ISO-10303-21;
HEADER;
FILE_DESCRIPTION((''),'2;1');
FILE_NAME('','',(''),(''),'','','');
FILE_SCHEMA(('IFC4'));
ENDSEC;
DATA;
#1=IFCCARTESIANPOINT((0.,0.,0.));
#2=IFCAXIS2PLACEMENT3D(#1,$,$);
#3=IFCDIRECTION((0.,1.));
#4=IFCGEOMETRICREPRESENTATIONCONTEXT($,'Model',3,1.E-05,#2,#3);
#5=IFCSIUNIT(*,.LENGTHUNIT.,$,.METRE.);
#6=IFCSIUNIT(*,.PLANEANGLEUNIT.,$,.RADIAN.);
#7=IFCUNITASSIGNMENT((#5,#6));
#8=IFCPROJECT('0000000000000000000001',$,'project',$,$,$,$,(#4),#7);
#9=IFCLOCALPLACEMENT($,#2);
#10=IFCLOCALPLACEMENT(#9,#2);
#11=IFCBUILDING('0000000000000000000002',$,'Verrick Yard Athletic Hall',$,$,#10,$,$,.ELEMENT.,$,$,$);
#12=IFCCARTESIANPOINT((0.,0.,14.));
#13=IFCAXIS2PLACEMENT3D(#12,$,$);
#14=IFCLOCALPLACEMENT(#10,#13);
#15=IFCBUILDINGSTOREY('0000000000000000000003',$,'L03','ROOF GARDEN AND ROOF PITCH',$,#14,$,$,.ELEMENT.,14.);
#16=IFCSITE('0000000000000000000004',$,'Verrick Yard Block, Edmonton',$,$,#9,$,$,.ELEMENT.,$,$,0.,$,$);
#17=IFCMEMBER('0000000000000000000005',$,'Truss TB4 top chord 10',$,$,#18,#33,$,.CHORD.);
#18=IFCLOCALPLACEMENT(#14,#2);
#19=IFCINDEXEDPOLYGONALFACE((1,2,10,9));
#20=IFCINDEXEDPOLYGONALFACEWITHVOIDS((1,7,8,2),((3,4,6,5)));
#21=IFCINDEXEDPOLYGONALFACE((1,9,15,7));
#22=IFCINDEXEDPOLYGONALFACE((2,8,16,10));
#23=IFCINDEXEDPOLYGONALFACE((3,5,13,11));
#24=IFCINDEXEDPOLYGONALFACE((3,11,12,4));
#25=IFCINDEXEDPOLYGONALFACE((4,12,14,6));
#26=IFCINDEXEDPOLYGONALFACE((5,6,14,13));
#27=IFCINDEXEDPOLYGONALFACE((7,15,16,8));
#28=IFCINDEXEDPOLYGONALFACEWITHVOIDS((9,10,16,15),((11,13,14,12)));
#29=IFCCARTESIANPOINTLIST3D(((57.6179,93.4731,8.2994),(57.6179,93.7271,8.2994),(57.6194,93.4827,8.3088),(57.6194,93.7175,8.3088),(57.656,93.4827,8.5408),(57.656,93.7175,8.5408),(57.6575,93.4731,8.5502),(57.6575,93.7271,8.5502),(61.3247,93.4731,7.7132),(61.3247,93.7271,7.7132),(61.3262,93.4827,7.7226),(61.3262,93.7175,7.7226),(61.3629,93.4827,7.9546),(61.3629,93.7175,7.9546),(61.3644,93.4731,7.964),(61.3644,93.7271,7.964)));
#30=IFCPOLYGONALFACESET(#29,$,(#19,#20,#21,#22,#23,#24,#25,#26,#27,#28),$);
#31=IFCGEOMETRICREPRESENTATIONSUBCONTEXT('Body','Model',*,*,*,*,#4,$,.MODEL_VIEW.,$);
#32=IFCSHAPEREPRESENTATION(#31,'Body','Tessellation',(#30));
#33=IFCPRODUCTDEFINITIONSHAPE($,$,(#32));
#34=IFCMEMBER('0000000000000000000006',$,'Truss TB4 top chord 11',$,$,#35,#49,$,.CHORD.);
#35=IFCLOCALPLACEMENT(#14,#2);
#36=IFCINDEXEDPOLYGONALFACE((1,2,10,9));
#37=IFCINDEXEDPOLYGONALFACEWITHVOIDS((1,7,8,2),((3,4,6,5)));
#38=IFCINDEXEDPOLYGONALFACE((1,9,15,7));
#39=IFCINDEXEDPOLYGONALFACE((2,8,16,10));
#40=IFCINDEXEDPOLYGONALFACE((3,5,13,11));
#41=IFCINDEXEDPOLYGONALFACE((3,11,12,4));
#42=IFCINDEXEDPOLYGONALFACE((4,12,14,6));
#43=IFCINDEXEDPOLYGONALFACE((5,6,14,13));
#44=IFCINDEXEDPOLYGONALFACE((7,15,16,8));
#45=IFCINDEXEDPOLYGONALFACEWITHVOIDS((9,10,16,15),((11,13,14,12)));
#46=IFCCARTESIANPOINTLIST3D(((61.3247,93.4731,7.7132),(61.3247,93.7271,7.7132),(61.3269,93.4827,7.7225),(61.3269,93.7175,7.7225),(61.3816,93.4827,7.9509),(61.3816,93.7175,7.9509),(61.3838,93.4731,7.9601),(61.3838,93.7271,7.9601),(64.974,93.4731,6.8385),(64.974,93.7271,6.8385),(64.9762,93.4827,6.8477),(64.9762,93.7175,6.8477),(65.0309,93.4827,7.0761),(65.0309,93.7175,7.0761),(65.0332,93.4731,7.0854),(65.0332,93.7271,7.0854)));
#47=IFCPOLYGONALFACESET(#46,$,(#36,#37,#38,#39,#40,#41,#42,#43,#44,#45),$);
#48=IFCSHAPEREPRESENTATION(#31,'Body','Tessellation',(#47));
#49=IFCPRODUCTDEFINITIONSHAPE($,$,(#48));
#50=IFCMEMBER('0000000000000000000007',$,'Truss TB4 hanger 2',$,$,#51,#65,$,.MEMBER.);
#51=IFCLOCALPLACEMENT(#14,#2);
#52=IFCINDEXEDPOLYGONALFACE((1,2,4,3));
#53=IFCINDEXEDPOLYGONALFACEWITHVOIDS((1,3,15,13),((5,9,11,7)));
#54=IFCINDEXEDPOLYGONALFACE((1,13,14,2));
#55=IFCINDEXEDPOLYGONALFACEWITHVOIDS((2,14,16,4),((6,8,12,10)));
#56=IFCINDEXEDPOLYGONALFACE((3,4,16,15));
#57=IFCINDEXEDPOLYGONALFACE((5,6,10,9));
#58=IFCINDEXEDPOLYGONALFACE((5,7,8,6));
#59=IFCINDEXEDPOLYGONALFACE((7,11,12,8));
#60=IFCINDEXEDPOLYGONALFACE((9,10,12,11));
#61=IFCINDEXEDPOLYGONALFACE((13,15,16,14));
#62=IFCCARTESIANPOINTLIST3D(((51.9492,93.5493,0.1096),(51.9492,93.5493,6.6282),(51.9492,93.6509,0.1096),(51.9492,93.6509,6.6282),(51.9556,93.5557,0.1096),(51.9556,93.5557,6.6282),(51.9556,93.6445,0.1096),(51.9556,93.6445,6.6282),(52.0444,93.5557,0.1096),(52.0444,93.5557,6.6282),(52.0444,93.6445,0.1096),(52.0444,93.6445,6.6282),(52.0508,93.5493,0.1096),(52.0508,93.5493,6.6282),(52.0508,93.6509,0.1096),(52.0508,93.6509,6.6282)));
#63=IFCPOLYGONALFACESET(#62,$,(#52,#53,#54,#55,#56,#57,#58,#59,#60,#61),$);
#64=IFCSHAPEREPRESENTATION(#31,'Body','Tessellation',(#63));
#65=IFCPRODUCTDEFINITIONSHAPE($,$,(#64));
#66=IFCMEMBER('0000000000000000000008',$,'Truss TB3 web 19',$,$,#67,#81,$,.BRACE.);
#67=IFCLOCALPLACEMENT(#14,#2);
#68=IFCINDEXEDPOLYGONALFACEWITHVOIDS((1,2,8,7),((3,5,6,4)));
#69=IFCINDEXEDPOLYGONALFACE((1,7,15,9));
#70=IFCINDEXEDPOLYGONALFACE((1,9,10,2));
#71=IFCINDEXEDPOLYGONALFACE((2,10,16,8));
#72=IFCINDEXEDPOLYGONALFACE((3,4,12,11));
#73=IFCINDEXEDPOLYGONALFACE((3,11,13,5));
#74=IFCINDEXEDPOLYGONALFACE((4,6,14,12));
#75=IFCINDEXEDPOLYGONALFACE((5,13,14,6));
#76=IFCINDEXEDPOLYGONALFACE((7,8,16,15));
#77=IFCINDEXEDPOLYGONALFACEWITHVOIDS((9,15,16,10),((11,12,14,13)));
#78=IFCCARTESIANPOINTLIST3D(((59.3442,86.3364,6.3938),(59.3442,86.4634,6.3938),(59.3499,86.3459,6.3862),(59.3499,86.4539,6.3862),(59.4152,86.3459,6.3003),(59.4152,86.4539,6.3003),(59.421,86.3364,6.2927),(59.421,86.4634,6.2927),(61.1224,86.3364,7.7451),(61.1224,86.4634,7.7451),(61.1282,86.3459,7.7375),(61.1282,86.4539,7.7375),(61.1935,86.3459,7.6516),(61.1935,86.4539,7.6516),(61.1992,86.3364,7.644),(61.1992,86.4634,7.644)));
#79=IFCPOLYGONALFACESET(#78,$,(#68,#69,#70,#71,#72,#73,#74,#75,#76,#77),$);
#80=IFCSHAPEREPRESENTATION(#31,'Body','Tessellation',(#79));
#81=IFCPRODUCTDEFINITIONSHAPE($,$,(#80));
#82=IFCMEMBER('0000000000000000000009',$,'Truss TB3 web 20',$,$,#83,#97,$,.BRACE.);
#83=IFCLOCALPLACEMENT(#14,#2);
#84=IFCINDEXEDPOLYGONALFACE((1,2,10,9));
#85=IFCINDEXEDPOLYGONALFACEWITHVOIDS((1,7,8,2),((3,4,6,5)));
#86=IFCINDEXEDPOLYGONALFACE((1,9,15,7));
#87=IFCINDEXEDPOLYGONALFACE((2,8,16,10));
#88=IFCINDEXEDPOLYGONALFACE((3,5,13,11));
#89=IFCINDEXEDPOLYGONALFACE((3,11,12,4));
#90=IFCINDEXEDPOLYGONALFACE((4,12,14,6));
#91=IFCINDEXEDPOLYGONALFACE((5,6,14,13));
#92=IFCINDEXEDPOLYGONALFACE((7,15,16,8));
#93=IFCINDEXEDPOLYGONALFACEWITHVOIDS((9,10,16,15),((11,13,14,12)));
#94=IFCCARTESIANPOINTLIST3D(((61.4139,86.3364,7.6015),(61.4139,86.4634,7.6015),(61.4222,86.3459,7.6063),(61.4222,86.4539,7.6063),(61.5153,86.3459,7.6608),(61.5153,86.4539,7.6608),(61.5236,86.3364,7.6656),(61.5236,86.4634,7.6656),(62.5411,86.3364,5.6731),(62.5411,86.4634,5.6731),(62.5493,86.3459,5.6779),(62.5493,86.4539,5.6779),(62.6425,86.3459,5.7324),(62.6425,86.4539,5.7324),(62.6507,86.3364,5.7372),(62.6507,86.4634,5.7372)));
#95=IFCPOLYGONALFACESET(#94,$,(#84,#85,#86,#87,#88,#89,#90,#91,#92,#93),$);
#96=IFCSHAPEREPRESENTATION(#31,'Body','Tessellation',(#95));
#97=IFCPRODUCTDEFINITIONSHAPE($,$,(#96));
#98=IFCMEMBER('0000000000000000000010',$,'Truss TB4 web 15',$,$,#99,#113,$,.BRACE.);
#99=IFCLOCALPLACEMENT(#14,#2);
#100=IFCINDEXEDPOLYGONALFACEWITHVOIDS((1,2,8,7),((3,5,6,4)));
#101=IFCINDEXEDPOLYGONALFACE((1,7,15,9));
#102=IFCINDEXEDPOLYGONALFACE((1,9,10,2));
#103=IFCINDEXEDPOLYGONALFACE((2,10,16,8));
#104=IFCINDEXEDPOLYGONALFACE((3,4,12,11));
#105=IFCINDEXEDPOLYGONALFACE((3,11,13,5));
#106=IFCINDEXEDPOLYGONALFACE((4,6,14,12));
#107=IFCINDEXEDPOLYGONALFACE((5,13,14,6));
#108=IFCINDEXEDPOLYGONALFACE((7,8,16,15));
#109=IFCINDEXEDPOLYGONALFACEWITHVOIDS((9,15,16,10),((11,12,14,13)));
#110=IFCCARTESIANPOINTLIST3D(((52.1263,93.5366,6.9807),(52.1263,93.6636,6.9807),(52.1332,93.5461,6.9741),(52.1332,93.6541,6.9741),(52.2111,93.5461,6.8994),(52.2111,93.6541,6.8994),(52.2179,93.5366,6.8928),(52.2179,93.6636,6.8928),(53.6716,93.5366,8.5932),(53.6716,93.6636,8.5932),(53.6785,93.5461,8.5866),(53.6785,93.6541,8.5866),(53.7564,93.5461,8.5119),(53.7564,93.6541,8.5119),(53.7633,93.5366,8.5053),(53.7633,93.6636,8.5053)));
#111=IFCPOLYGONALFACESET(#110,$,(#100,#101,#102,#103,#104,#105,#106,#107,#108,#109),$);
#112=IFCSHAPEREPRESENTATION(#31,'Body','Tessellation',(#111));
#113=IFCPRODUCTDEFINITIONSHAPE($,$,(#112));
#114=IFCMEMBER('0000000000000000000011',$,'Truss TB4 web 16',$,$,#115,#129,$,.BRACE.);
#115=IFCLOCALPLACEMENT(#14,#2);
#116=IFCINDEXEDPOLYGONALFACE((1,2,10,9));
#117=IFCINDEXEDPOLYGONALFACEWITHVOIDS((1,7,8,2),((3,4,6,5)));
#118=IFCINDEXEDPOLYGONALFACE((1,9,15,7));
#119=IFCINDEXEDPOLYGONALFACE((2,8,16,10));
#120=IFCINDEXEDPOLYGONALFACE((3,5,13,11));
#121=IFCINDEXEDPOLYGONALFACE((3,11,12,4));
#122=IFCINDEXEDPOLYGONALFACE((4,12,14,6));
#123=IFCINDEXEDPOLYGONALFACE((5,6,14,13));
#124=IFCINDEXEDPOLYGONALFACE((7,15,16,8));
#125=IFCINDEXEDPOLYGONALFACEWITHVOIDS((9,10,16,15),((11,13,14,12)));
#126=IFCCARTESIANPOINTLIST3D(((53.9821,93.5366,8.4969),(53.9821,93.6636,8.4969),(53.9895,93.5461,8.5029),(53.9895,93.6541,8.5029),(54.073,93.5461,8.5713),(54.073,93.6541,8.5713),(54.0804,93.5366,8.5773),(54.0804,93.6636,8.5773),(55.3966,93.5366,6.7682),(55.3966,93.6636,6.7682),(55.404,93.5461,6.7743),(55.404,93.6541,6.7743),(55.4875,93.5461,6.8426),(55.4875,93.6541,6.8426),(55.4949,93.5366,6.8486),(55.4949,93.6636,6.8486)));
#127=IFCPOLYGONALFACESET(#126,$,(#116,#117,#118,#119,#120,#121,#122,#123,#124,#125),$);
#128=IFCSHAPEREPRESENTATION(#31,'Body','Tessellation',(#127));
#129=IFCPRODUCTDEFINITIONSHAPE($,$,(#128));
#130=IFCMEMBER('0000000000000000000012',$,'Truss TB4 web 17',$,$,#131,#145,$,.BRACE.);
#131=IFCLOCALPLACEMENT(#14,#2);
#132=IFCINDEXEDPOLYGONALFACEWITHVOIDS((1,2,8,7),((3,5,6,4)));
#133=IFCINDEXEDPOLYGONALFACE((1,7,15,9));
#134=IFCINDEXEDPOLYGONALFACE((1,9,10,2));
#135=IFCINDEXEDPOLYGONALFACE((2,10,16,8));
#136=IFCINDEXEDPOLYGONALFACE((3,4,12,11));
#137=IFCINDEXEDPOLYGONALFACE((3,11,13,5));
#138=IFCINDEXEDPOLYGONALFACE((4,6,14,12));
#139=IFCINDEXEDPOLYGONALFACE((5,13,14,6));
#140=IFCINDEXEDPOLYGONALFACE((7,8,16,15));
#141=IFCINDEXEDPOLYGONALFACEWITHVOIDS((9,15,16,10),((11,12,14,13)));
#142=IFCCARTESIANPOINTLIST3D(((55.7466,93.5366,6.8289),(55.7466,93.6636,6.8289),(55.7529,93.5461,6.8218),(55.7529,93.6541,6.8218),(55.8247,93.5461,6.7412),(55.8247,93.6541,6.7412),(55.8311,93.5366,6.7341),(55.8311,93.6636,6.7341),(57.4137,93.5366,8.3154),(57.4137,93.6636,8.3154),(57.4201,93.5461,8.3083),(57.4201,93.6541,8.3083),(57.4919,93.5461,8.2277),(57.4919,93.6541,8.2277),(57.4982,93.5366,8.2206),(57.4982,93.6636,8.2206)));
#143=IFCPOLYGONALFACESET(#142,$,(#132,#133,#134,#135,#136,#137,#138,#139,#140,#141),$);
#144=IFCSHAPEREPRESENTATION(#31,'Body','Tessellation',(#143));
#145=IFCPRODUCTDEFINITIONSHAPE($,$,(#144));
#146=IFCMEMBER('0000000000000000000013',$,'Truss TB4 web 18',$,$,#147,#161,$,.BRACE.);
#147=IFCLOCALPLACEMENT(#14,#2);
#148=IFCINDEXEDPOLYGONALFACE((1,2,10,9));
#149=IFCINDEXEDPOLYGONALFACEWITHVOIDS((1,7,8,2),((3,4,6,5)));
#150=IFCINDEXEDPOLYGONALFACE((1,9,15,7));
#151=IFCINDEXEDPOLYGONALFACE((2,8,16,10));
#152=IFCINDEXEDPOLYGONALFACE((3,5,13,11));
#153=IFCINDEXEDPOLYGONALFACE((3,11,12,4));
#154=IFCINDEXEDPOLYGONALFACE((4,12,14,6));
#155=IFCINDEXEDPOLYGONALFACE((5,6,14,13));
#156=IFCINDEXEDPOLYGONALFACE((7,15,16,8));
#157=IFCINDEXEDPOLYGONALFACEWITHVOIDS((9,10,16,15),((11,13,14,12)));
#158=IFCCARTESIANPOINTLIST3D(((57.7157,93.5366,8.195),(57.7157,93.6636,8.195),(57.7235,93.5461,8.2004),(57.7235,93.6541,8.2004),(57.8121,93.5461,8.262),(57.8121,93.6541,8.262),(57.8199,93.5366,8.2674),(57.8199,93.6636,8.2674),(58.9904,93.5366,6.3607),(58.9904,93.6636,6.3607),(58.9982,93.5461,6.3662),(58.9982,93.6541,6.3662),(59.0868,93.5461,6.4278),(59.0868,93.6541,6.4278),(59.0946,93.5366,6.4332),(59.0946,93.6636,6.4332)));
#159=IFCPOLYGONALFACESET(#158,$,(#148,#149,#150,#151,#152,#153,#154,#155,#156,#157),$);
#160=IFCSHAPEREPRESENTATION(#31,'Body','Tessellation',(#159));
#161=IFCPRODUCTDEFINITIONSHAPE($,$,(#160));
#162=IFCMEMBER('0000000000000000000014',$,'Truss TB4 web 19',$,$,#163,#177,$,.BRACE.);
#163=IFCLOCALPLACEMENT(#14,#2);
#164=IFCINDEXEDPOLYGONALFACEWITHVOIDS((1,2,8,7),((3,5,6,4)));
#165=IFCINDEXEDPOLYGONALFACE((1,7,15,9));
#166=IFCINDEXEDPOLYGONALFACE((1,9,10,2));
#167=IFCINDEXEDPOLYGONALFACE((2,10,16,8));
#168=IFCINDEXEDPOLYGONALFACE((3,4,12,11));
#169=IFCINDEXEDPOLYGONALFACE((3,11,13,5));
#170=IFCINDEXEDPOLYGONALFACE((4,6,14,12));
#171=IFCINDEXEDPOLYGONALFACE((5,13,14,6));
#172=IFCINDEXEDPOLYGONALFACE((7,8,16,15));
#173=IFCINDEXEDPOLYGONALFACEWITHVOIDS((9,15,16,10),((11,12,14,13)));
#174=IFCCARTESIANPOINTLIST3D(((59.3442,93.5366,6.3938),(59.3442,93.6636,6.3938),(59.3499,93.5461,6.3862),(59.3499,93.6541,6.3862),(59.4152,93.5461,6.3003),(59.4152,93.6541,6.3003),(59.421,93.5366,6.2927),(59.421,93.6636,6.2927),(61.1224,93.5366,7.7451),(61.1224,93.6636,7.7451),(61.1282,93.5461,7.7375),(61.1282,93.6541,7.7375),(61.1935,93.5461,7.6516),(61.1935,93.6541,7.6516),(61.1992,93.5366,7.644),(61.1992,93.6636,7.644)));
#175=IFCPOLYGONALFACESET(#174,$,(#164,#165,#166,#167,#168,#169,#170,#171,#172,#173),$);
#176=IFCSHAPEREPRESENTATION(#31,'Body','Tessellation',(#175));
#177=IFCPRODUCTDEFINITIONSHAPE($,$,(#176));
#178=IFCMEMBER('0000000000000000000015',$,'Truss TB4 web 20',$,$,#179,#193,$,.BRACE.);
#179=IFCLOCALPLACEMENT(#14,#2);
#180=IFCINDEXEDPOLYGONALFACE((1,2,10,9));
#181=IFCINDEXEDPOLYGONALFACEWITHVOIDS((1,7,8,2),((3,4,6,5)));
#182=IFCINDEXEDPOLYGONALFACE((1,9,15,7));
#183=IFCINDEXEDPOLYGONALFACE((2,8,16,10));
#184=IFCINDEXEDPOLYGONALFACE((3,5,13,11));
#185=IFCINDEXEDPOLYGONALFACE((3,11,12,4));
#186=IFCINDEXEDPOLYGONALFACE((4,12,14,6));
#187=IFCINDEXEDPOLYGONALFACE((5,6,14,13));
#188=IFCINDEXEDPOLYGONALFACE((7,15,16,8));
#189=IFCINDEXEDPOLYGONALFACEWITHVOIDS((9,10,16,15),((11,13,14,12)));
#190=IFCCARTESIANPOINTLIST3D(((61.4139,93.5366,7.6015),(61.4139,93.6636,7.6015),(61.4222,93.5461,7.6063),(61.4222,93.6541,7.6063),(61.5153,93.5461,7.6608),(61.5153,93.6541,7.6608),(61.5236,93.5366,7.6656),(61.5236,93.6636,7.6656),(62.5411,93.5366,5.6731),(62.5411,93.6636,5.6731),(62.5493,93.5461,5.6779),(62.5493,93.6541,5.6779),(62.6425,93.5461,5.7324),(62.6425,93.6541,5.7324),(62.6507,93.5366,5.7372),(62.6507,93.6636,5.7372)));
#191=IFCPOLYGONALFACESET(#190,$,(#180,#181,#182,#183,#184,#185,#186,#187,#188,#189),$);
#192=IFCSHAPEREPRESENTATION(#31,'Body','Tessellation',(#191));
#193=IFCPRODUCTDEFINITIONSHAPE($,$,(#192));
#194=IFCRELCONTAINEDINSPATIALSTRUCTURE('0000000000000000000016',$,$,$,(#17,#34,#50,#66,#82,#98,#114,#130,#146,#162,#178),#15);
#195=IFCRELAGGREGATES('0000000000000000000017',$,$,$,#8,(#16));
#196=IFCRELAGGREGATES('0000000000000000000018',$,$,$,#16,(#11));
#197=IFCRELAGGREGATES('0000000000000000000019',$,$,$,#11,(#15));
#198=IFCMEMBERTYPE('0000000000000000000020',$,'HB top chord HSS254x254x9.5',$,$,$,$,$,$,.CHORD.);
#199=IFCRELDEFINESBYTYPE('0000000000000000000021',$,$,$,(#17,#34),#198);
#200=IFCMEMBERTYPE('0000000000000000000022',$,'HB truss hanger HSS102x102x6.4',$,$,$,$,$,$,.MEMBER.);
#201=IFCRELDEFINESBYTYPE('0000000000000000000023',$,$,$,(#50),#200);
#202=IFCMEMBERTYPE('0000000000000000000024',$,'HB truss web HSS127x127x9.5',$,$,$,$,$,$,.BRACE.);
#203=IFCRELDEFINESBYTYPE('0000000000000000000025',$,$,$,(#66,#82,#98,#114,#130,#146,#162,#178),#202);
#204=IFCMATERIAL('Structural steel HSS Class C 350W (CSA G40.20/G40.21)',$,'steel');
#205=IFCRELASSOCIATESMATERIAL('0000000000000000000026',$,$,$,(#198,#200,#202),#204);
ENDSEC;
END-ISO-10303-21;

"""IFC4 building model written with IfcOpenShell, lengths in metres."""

from ifc_helpers import new_model, si_unit, direction, frame, origin, origin_2d, place, context, subcontext, project, spatial, hollow_rectangle, extrude, material, material_profile, profile_set, type_object, element, save


model = new_model("IFC4")

# Units and contexts
model_context = context("Model", 3, precision=1e-05, world=origin(), true_north=direction((0.0, 1.0)))
body_context = subcontext(model_context, "Body", "Model", "MODEL_VIEW")
ifc_project = project(units=[si_unit("LENGTHUNIT", "METRE"), si_unit("PLANEANGLEUNIT", "RADIAN")], contexts=[model_context])

# Site, building, storey
site_placement = place(None, origin())
site = spatial("IfcSite", under=ifc_project, at=site_placement, Name="Verrick Yard Block, Edmonton", CompositionType="ELEMENT", RefElevation=0.0)
building_placement = place(site_placement, origin())
building = spatial("IfcBuilding", under=site, at=building_placement, Name="Verrick Yard Athletic Hall", CompositionType="ELEMENT")
storey_placement = place(building_placement, frame((0.0, 0.0, 14.0)))
storey = spatial("IfcBuildingStorey", under=building, at=storey_placement, Name="L03", Description="ROOF GARDEN AND ROOF PITCH", CompositionType="ELEMENT", Elevation=14.0)

# Members
ifc_material_1 = material(Name="Structural steel HSS Class C 350W (CSA G40.20/G40.21)", Category="steel")
ifc_material_profile_1 = material_profile(ifc_material_1, hollow_rectangle(XDim=0.2539, YDim=0.2539, WallThickness=0.0095, at=origin_2d()), Name="HSS254x254x9.5")
ifc_profile_set_1 = profile_set([ifc_material_profile_1], Name="Structural steel HSS Class C 350W (CSA G40.20/G40.21)")
member_type_1 = type_object("IfcMemberType", Name="HB top chord HSS254x254x9.5", PredefinedType="CHORD", material=ifc_profile_set_1)
member_1_placement = place(storey_placement, frame((57.6377, 93.6001, 8.4248), z_axis=(0.987726, 0.0, -0.156196), x_axis=(0.0, 1.0, 0.0)))
element("IfcMember", 1, at=member_1_placement, inside=storey, type_object=member_type_1, Name="Truss TB4 top chord 10", PredefinedType="CHORD", context=body_context, shape_type="SweptSolid", body=[
    extrude(hollow_rectangle(XDim=0.2539, YDim=0.2539, WallThickness=0.0095, at=origin_2d()), origin(), (0.0, 0.0, 1.0), 3.7529),
])
member_2_placement = place(storey_placement, frame((61.3542, 93.6001, 7.8367), z_axis=(0.972454, 0.0, -0.233095), x_axis=(0.0, 1.0, 0.0)))
element("IfcMember", 2, at=member_2_placement, inside=storey, type_object=member_type_1, Name="Truss TB4 top chord 11", PredefinedType="CHORD", context=body_context, shape_type="SweptSolid", body=[
    extrude(hollow_rectangle(XDim=0.2539, YDim=0.2539, WallThickness=0.0095, at=origin_2d()), origin(), (0.0, 0.0, 1.0), 3.7527),
])
ifc_material_profile_2 = material_profile(ifc_material_1, hollow_rectangle(XDim=0.1016, YDim=0.1016, WallThickness=0.0063, at=origin_2d()), Name="HSS102x102x6.4")
ifc_profile_set_2 = profile_set([ifc_material_profile_2], Name="Structural steel HSS Class C 350W (CSA G40.20/G40.21)")
member_type_2 = type_object("IfcMemberType", Name="HB truss hanger HSS102x102x6.4", PredefinedType="MEMBER", material=ifc_profile_set_2)
member_3_placement = place(storey_placement, frame((52.0, 93.6001, 6.6282), z_axis=(0.0, 0.0, -1.0), x_axis=(0.0, -1.0, 0.0)))
element("IfcMember", 3, at=member_3_placement, inside=storey, type_object=member_type_2, Name="Truss TB4 hanger 2", PredefinedType="MEMBER", context=body_context, shape_type="SweptSolid", body=[
    extrude(hollow_rectangle(XDim=0.1016, YDim=0.1016, WallThickness=0.0063, at=origin_2d()), origin(), (0.0, 0.0, 1.0), 6.5186),
])
ifc_material_profile_3 = material_profile(ifc_material_1, hollow_rectangle(XDim=0.127, YDim=0.127, WallThickness=0.0095, at=origin_2d()), Name="HSS127x127x9.5")
ifc_profile_set_3 = profile_set([ifc_material_profile_3], Name="Structural steel HSS Class C 350W (CSA G40.20/G40.21)")
member_type_3 = type_object("IfcMemberType", Name="HB truss web HSS127x127x9.5", PredefinedType="BRACE", material=ifc_profile_set_3)
member_4_placement = place(storey_placement, frame((59.3826, 86.3999, 6.3433), z_axis=(0.796206, 0.0, 0.605025), x_axis=(0.0, 1.0, 0.0)))
element("IfcMember", 4, at=member_4_placement, inside=storey, type_object=member_type_3, Name="Truss TB3 web 19", PredefinedType="BRACE", context=body_context, shape_type="SweptSolid", body=[
    extrude(hollow_rectangle(XDim=0.127, YDim=0.127, WallThickness=0.0095, at=origin_2d()), origin(), (0.0, 0.0, 1.0), 2.2334),
])
member_5_placement = place(storey_placement, frame((61.4688, 86.3999, 7.6335), z_axis=(0.504625, 0.0, -0.863339), x_axis=(0.0, 1.0, 0.0)))
element("IfcMember", 5, at=member_5_placement, inside=storey, type_object=member_type_3, Name="Truss TB3 web 20", PredefinedType="BRACE", context=body_context, shape_type="SweptSolid", body=[
    extrude(hollow_rectangle(XDim=0.127, YDim=0.127, WallThickness=0.0095, at=origin_2d()), origin(), (0.0, 0.0, 1.0), 2.2336),
])
member_6_placement = place(storey_placement, frame((52.1721, 93.6001, 6.9368), z_axis=(0.691917, 0.0, 0.721977), x_axis=(0.0, 1.0, 0.0)))
element("IfcMember", 6, at=member_6_placement, inside=storey, type_object=member_type_3, Name="Truss TB4 web 15", PredefinedType="BRACE", context=body_context, shape_type="SweptSolid", body=[
    extrude(hollow_rectangle(XDim=0.127, YDim=0.127, WallThickness=0.0095, at=origin_2d()), origin(), (0.0, 0.0, 1.0), 2.2334),
])
for number, where, z_axis, x_axis, name in (
    (7, (54.0312, 93.6001, 8.5371), (0.633268, 0.0, -0.773933), (0.0, 1.0, 0.0), "Truss TB4 web 16"),
    (8, (55.7888, 93.6001, 6.7815), (0.746389, 0.0, 0.66551), (0.0, 1.0, 0.0), "Truss TB4 web 17"),
    (9, (57.7678, 93.6001, 8.2312), (0.570664, 0.0, -0.821184), (0.0, 1.0, 0.0), "Truss TB4 web 18"),
):
    element("IfcMember", number, at=place(storey_placement, frame(where, z_axis=z_axis, x_axis=x_axis)), inside=storey, type_object=member_type_3, Name=name, PredefinedType="BRACE", context=body_context, shape_type="SweptSolid", body=[
        extrude(hollow_rectangle(XDim=0.127, YDim=0.127, WallThickness=0.0095, at=origin_2d()), origin(), (0.0, 0.0, 1.0), 2.2336),
    ])
member_7_placement = place(storey_placement, frame((59.3826, 93.6001, 6.3433), z_axis=(0.796206, 0.0, 0.605025), x_axis=(0.0, 1.0, 0.0)))
element("IfcMember", 10, at=member_7_placement, inside=storey, type_object=member_type_3, Name="Truss TB4 web 19", PredefinedType="BRACE", context=body_context, shape_type="SweptSolid", body=[
    extrude(hollow_rectangle(XDim=0.127, YDim=0.127, WallThickness=0.0095, at=origin_2d()), origin(), (0.0, 0.0, 1.0), 2.2334),
])
member_8_placement = place(storey_placement, frame((61.4688, 93.6001, 7.6335), z_axis=(0.504625, 0.0, -0.863339), x_axis=(0.0, 1.0, 0.0)))
element("IfcMember", 11, at=member_8_placement, inside=storey, type_object=member_type_3, Name="Truss TB4 web 20", PredefinedType="BRACE", context=body_context, shape_type="SweptSolid", body=[
    extrude(hollow_rectangle(XDim=0.127, YDim=0.127, WallThickness=0.0095, at=origin_2d()), origin(), (0.0, 0.0, 1.0), 2.2336),
])

save(model, "model.ifc")
